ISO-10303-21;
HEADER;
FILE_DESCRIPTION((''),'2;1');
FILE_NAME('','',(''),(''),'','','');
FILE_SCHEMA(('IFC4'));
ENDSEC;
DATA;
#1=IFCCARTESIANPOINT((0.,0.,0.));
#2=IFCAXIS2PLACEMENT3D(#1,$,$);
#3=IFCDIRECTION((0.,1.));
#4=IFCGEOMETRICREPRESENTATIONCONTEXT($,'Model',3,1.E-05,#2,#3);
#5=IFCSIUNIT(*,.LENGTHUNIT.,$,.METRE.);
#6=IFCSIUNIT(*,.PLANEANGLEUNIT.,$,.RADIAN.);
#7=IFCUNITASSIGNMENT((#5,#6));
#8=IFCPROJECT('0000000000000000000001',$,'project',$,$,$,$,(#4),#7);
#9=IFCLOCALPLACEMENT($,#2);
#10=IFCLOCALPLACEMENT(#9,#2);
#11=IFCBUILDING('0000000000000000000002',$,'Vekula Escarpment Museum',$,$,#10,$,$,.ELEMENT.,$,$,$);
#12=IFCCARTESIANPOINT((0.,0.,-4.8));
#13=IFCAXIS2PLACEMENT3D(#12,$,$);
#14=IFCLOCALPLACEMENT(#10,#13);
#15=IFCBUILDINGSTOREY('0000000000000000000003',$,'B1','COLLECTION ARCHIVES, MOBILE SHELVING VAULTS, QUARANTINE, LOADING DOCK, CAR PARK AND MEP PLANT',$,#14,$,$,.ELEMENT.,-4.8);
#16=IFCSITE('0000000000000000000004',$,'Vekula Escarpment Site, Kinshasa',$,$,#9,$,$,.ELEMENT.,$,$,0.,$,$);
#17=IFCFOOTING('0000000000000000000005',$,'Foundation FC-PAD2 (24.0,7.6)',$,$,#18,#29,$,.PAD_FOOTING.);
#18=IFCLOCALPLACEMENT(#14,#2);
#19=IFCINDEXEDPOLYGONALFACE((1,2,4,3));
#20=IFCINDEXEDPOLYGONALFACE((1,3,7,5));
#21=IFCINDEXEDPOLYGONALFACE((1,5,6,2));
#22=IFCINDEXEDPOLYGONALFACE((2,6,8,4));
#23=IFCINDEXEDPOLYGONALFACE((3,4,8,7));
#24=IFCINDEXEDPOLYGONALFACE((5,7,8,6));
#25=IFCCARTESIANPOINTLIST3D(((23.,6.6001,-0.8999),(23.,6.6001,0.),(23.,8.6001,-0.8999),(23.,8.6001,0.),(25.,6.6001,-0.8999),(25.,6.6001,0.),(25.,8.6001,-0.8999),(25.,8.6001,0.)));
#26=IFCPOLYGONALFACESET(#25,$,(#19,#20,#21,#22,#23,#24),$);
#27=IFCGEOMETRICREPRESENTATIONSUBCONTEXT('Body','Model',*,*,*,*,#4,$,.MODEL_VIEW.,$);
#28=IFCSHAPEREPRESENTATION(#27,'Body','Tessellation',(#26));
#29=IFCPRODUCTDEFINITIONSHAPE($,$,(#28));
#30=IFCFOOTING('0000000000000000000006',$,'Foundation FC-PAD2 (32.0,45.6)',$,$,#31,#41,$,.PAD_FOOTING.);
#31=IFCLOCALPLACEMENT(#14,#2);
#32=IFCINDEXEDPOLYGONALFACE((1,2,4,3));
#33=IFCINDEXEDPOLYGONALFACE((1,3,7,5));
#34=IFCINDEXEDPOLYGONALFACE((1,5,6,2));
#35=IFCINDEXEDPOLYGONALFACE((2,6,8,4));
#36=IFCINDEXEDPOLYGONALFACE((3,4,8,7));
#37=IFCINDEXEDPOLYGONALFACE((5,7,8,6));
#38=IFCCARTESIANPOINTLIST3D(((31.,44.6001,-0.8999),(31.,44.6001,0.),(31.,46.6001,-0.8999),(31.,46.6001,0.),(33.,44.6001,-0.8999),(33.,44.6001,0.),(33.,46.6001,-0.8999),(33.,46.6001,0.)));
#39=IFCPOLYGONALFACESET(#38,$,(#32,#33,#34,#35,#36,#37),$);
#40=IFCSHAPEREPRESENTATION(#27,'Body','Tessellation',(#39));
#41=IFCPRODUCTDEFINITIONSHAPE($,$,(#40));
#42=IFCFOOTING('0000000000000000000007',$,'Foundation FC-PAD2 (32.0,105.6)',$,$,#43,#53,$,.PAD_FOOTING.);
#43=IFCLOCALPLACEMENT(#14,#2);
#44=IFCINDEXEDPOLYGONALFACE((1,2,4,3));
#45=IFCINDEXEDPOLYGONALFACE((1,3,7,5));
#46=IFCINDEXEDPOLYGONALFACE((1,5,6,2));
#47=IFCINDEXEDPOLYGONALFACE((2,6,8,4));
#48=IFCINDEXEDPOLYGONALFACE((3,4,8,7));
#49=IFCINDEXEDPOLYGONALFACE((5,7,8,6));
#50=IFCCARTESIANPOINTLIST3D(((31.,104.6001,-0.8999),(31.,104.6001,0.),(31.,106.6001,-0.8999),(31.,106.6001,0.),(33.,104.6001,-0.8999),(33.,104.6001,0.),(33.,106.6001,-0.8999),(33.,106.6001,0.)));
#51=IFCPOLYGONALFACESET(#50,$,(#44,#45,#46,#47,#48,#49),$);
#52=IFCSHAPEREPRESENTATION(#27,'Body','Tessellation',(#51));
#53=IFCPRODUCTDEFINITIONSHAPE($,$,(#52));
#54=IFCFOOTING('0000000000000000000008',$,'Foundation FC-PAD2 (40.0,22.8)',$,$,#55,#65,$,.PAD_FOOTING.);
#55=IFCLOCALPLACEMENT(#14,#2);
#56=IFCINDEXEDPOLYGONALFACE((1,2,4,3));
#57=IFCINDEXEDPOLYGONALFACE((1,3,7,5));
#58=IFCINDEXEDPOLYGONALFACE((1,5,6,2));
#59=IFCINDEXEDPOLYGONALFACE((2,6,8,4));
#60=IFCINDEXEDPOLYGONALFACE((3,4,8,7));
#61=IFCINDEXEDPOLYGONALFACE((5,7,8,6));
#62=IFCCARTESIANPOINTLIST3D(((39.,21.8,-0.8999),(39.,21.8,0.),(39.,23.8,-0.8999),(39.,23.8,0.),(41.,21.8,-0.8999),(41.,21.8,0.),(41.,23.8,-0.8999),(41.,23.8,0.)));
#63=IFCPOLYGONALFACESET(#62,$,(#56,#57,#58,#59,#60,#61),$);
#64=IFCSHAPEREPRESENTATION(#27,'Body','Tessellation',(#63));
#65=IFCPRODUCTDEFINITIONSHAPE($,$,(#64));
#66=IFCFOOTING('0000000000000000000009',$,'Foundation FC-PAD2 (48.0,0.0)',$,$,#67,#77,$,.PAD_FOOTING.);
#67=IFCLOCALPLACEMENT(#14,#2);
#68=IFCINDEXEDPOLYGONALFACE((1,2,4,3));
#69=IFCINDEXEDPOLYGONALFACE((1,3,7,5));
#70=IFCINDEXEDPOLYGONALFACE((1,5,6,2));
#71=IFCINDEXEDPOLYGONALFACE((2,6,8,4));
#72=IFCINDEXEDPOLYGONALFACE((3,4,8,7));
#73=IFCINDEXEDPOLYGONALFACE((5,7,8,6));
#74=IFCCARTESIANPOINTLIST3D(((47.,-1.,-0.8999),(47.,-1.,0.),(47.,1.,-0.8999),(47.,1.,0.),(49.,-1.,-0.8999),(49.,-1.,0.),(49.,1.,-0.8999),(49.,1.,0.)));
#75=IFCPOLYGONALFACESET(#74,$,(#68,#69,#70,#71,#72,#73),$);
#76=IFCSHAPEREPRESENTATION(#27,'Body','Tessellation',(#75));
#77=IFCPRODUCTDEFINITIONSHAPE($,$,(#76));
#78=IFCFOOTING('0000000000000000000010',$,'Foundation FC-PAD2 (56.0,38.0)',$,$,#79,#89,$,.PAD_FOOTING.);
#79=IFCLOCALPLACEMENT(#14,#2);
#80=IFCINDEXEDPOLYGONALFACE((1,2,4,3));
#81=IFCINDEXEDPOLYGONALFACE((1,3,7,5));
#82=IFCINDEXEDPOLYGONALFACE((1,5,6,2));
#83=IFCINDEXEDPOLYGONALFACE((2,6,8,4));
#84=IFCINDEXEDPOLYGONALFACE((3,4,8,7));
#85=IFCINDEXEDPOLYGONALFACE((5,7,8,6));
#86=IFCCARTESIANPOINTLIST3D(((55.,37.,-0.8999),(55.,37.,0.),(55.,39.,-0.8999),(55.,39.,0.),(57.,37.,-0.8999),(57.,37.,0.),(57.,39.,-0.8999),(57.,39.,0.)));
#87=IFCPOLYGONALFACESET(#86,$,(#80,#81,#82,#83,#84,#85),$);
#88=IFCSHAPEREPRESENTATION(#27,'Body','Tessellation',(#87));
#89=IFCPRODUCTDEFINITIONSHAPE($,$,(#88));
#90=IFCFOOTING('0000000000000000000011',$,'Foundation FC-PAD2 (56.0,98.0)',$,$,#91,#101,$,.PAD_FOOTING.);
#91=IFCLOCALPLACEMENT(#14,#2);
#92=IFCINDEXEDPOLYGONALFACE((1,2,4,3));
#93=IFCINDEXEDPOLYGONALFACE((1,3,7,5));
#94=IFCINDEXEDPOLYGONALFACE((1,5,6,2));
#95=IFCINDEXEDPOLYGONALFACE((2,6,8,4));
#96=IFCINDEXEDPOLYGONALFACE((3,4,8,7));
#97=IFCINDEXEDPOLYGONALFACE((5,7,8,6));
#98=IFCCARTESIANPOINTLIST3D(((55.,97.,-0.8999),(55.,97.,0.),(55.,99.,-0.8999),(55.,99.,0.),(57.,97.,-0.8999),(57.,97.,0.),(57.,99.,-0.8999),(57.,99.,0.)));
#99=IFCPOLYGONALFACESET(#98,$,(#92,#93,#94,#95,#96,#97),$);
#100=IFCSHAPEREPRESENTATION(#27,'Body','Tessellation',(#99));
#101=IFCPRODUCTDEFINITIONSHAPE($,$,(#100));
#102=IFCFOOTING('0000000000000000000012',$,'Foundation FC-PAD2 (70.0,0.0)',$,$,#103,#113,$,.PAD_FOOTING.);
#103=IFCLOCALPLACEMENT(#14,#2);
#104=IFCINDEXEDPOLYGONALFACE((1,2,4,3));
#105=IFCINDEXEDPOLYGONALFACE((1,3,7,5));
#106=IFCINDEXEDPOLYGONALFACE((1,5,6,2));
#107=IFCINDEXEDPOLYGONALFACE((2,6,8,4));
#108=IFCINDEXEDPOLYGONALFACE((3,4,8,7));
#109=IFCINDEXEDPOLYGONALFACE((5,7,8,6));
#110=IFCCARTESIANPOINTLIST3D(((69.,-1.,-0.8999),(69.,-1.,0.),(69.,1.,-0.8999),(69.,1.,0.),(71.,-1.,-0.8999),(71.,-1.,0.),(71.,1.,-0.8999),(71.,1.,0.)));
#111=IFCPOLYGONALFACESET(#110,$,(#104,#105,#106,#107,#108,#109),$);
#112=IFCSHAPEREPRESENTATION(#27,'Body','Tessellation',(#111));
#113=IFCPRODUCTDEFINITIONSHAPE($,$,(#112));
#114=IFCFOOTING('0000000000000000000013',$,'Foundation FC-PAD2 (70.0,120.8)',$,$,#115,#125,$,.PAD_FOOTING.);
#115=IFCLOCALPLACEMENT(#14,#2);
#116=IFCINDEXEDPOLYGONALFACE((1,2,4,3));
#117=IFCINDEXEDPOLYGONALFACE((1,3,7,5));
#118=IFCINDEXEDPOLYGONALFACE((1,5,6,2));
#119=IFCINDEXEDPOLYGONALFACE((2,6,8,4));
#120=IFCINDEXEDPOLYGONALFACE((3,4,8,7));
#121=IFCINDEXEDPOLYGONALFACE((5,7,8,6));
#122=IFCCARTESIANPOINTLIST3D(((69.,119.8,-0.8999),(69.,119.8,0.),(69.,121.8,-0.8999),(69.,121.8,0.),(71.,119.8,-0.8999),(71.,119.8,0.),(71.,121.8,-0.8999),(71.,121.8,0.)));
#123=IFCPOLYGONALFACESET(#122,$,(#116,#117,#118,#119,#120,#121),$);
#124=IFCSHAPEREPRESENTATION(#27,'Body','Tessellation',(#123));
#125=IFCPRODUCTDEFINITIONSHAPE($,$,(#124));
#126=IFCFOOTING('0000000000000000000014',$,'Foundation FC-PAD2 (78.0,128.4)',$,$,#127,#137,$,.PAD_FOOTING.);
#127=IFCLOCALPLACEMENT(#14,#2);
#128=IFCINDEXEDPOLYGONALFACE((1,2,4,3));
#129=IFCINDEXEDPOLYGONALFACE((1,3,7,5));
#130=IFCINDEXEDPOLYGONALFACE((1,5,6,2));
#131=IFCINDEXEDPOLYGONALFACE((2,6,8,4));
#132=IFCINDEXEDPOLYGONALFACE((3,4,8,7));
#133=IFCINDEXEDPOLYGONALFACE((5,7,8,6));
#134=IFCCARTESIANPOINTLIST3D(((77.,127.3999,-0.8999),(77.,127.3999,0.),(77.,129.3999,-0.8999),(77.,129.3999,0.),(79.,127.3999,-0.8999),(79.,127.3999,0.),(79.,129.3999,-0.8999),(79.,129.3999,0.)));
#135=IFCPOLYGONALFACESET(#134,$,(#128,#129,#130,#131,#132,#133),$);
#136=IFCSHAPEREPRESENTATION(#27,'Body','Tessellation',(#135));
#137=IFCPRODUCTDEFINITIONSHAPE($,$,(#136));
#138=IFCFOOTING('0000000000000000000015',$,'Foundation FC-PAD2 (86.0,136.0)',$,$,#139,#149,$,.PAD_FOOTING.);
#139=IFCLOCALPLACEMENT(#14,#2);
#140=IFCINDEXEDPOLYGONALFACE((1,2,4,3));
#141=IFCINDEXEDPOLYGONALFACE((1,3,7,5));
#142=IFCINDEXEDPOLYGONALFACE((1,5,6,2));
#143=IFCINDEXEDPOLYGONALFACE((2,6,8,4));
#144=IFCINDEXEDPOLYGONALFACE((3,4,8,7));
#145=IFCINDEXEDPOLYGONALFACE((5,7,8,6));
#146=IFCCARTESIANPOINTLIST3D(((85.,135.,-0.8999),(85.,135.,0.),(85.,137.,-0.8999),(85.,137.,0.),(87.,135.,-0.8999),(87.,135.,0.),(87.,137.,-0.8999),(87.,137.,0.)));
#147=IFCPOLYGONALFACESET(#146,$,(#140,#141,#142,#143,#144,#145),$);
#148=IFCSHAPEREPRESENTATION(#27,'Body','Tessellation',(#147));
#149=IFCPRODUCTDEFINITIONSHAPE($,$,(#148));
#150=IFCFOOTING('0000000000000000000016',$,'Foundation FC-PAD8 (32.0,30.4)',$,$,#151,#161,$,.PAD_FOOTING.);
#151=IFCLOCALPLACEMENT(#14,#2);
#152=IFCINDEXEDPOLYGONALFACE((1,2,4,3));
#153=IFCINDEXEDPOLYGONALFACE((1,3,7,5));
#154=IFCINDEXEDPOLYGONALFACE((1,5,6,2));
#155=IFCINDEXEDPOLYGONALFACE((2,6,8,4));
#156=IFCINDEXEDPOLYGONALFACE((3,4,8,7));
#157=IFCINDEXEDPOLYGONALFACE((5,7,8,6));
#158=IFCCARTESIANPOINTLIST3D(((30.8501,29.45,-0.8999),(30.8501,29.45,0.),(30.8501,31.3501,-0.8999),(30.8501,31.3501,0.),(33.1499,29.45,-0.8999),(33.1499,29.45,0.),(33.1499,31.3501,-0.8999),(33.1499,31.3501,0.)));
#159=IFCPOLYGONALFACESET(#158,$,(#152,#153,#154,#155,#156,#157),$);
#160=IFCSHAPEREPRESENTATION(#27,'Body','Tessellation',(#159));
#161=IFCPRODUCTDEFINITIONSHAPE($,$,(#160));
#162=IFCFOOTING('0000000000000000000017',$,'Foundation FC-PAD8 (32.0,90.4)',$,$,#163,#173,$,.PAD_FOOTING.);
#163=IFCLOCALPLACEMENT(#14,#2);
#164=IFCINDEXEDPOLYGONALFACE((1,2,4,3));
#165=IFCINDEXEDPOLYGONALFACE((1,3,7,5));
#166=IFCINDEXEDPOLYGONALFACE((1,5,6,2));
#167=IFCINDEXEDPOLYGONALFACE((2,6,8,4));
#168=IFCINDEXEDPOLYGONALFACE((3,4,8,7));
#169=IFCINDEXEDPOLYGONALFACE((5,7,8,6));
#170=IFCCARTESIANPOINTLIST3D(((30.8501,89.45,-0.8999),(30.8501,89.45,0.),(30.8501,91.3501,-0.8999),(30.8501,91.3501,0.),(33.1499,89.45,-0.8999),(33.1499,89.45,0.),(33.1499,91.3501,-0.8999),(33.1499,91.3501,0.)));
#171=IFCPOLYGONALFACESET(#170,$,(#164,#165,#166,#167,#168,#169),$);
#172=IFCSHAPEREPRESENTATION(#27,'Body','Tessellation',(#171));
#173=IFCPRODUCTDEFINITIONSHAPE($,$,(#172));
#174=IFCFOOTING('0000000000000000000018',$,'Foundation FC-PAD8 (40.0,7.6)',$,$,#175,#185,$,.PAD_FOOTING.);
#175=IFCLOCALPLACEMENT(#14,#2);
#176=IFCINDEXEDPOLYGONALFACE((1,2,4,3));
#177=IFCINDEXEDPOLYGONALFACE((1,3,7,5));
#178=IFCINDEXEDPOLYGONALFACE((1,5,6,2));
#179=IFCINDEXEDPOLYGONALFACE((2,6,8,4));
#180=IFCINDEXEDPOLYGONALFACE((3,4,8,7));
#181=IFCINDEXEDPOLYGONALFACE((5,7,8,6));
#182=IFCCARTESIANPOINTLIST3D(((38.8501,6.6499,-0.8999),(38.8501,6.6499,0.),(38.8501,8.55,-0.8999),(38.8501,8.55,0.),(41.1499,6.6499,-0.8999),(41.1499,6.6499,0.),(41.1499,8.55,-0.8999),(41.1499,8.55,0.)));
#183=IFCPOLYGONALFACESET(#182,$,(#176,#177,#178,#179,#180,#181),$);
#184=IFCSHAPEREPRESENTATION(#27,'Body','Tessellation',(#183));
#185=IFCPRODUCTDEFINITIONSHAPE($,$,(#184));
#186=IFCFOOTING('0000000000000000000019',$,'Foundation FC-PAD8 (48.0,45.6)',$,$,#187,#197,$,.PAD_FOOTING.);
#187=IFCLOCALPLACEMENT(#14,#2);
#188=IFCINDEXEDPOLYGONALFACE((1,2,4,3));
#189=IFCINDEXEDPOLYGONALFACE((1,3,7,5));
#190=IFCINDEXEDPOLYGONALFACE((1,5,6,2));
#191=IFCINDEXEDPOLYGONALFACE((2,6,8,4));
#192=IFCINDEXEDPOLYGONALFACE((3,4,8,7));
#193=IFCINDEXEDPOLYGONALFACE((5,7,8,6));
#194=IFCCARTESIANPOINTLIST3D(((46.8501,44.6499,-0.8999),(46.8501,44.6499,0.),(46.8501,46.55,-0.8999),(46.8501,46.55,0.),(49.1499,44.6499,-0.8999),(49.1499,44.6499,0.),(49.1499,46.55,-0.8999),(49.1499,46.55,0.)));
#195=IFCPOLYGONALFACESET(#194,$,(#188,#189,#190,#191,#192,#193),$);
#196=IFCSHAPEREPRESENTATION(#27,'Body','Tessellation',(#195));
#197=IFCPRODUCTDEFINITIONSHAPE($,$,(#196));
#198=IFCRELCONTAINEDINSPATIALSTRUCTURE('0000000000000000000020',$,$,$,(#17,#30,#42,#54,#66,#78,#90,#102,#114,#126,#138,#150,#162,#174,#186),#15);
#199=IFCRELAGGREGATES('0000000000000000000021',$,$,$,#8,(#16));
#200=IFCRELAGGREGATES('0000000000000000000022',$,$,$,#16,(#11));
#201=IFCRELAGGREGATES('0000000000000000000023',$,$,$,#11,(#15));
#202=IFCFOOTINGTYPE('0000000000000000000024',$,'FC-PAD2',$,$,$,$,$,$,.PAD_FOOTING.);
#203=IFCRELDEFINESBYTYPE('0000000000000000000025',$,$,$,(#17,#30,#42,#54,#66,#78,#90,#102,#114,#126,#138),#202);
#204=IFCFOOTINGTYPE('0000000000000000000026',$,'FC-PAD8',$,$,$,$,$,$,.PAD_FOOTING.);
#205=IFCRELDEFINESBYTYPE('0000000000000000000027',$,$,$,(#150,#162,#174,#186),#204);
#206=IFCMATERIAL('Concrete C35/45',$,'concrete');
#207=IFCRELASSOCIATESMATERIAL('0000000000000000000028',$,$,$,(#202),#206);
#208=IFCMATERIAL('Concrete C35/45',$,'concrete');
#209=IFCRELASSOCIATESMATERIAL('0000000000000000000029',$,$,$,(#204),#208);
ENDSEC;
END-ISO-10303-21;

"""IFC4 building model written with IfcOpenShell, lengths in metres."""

from ifc_helpers import new_model, si_unit, direction, frame, origin, place, context, subcontext, project, spatial, polyline, outline, extrude, material, type_object, element, save


model = new_model("IFC4")

# Units and contexts
model_context = context("Model", 3, precision=1e-05, world=origin(), true_north=direction((0.0, 1.0)))
body_context = subcontext(model_context, "Body", "Model", "MODEL_VIEW")
ifc_project = project(units=[si_unit("LENGTHUNIT", "METRE"), si_unit("PLANEANGLEUNIT", "RADIAN")], contexts=[model_context])

# Site, building, storey
site_placement = place(None, origin())
site = spatial("IfcSite", under=ifc_project, at=site_placement, Name="Vekula Escarpment Site, Kinshasa", CompositionType="ELEMENT", RefElevation=0.0)
building_placement = place(site_placement, origin())
building = spatial("IfcBuilding", under=site, at=building_placement, Name="Vekula Escarpment Museum", CompositionType="ELEMENT")
storey_placement = place(building_placement, frame((0.0, 0.0, -4.8)))
storey = spatial("IfcBuildingStorey", under=building, at=storey_placement, Name="B1", Description="COLLECTION ARCHIVES, MOBILE SHELVING VAULTS, QUARANTINE, LOADING DOCK, CAR PARK AND MEP PLANT", CompositionType="ELEMENT", Elevation=-4.8)

# Footings
ifc_material_1 = material(Name="Concrete C35/45", Category="concrete")
footing_type_1 = type_object("IfcFootingType", Name="FC-PAD2", PredefinedType="PAD_FOOTING", material=ifc_material_1)
footing_1_placement = place(storey_placement, frame((0.0, 0.0, -0.8999)))
element("IfcFooting", 1, at=footing_1_placement, inside=storey, type_object=footing_type_1, Name="Foundation FC-PAD2 (24.0,7.6)", PredefinedType="PAD_FOOTING", context=body_context, shape_type="SweptSolid", body=[
    extrude(outline(polyline([(23.0, 6.6001), (25.0, 6.6001), (25.0, 8.6001), (23.0, 8.6001), (23.0, 6.6001)])), origin(), (0.0, 0.0, 1.0), 0.8999),
])
footing_2_placement = place(storey_placement, frame((0.0, 0.0, -0.8999)))
element("IfcFooting", 2, at=footing_2_placement, inside=storey, type_object=footing_type_1, Name="Foundation FC-PAD2 (32.0,45.6)", PredefinedType="PAD_FOOTING", context=body_context, shape_type="SweptSolid", body=[
    extrude(outline(polyline([(31.0, 44.6001), (33.0, 44.6001), (33.0, 46.6001), (31.0, 46.6001), (31.0, 44.6001)])), origin(), (0.0, 0.0, 1.0), 0.8999),
])
footing_3_placement = place(storey_placement, frame((0.0, 0.0, -0.8999)))
element("IfcFooting", 3, at=footing_3_placement, inside=storey, type_object=footing_type_1, Name="Foundation FC-PAD2 (32.0,105.6)", PredefinedType="PAD_FOOTING", context=body_context, shape_type="SweptSolid", body=[
    extrude(outline(polyline([(31.0, 104.6001), (33.0, 104.6001), (33.0, 106.6001), (31.0, 106.6001), (31.0, 104.6001)])), origin(), (0.0, 0.0, 1.0), 0.8999),
])
footing_4_placement = place(storey_placement, frame((0.0, 0.0, -0.8999)))
element("IfcFooting", 4, at=footing_4_placement, inside=storey, type_object=footing_type_1, Name="Foundation FC-PAD2 (40.0,22.8)", PredefinedType="PAD_FOOTING", context=body_context, shape_type="SweptSolid", body=[
    extrude(outline(polyline([(39.0, 21.8), (41.0, 21.8), (41.0, 23.8), (39.0, 23.8), (39.0, 21.8)])), origin(), (0.0, 0.0, 1.0), 0.8999),
])
footing_5_placement = place(storey_placement, frame((0.0, 0.0, -0.8999)))
element("IfcFooting", 5, at=footing_5_placement, inside=storey, type_object=footing_type_1, Name="Foundation FC-PAD2 (48.0,0.0)", PredefinedType="PAD_FOOTING", context=body_context, shape_type="SweptSolid", body=[
    extrude(outline(polyline([(47.0, -1.0), (49.0, -1.0), (49.0, 1.0), (47.0, 1.0), (47.0, -1.0)])), origin(), (0.0, 0.0, 1.0), 0.8999),
])
footing_6_placement = place(storey_placement, frame((0.0, 0.0, -0.8999)))
element("IfcFooting", 6, at=footing_6_placement, inside=storey, type_object=footing_type_1, Name="Foundation FC-PAD2 (56.0,38.0)", PredefinedType="PAD_FOOTING", context=body_context, shape_type="SweptSolid", body=[
    extrude(outline(polyline([(55.0, 37.0), (57.0, 37.0), (57.0, 39.0), (55.0, 39.0), (55.0, 37.0)])), origin(), (0.0, 0.0, 1.0), 0.8999),
])
footing_7_placement = place(storey_placement, frame((0.0, 0.0, -0.8999)))
element("IfcFooting", 7, at=footing_7_placement, inside=storey, type_object=footing_type_1, Name="Foundation FC-PAD2 (56.0,98.0)", PredefinedType="PAD_FOOTING", context=body_context, shape_type="SweptSolid", body=[
    extrude(outline(polyline([(55.0, 97.0), (57.0, 97.0), (57.0, 99.0), (55.0, 99.0), (55.0, 97.0)])), origin(), (0.0, 0.0, 1.0), 0.8999),
])
footing_8_placement = place(storey_placement, frame((0.0, 0.0, -0.8999)))
element("IfcFooting", 8, at=footing_8_placement, inside=storey, type_object=footing_type_1, Name="Foundation FC-PAD2 (70.0,0.0)", PredefinedType="PAD_FOOTING", context=body_context, shape_type="SweptSolid", body=[
    extrude(outline(polyline([(69.0, -1.0), (71.0, -1.0), (71.0, 1.0), (69.0, 1.0), (69.0, -1.0)])), origin(), (0.0, 0.0, 1.0), 0.8999),
])
footing_9_placement = place(storey_placement, frame((0.0, 0.0, -0.8999)))
element("IfcFooting", 9, at=footing_9_placement, inside=storey, type_object=footing_type_1, Name="Foundation FC-PAD2 (70.0,120.8)", PredefinedType="PAD_FOOTING", context=body_context, shape_type="SweptSolid", body=[
    extrude(outline(polyline([(69.0, 119.8), (71.0, 119.8), (71.0, 121.8), (69.0, 121.8), (69.0, 119.8)])), origin(), (0.0, 0.0, 1.0), 0.8999),
])
footing_10_placement = place(storey_placement, frame((0.0, 0.0, -0.8999)))
element("IfcFooting", 10, at=footing_10_placement, inside=storey, type_object=footing_type_1, Name="Foundation FC-PAD2 (78.0,128.4)", PredefinedType="PAD_FOOTING", context=body_context, shape_type="SweptSolid", body=[
    extrude(outline(polyline([(77.0, 127.3999), (79.0, 127.3999), (79.0, 129.3999), (77.0, 129.3999), (77.0, 127.3999)])), origin(), (0.0, 0.0, 1.0), 0.8999),
])
footing_11_placement = place(storey_placement, frame((0.0, 0.0, -0.8999)))
element("IfcFooting", 11, at=footing_11_placement, inside=storey, type_object=footing_type_1, Name="Foundation FC-PAD2 (86.0,136.0)", PredefinedType="PAD_FOOTING", context=body_context, shape_type="SweptSolid", body=[
    extrude(outline(polyline([(85.0, 135.0), (87.0, 135.0), (87.0, 137.0), (85.0, 137.0), (85.0, 135.0)])), origin(), (0.0, 0.0, 1.0), 0.8999),
])
ifc_material_2 = material(Name="Concrete C35/45", Category="concrete")
footing_type_2 = type_object("IfcFootingType", Name="FC-PAD8", PredefinedType="PAD_FOOTING", material=ifc_material_2)
footing_12_placement = place(storey_placement, frame((0.0, 0.0, -0.8999)))
element("IfcFooting", 12, at=footing_12_placement, inside=storey, type_object=footing_type_2, Name="Foundation FC-PAD8 (32.0,30.4)", PredefinedType="PAD_FOOTING", context=body_context, shape_type="SweptSolid", body=[
    extrude(outline(polyline([(30.8501, 29.45), (33.1499, 29.45), (33.1499, 31.3501), (30.8501, 31.3501), (30.8501, 29.45)])), origin(), (0.0, 0.0, 1.0), 0.8999),
])
footing_13_placement = place(storey_placement, frame((0.0, 0.0, -0.8999)))
element("IfcFooting", 13, at=footing_13_placement, inside=storey, type_object=footing_type_2, Name="Foundation FC-PAD8 (32.0,90.4)", PredefinedType="PAD_FOOTING", context=body_context, shape_type="SweptSolid", body=[
    extrude(outline(polyline([(30.8501, 89.45), (33.1499, 89.45), (33.1499, 91.3501), (30.8501, 91.3501), (30.8501, 89.45)])), origin(), (0.0, 0.0, 1.0), 0.8999),
])
footing_14_placement = place(storey_placement, frame((0.0, 0.0, -0.8999)))
element("IfcFooting", 14, at=footing_14_placement, inside=storey, type_object=footing_type_2, Name="Foundation FC-PAD8 (40.0,7.6)", PredefinedType="PAD_FOOTING", context=body_context, shape_type="SweptSolid", body=[
    extrude(outline(polyline([(38.8501, 6.6499), (41.1499, 6.6499), (41.1499, 8.55), (38.8501, 8.55), (38.8501, 6.6499)])), origin(), (0.0, 0.0, 1.0), 0.8999),
])
footing_15_placement = place(storey_placement, frame((0.0, 0.0, -0.8999)))
element("IfcFooting", 15, at=footing_15_placement, inside=storey, type_object=footing_type_2, Name="Foundation FC-PAD8 (48.0,45.6)", PredefinedType="PAD_FOOTING", context=body_context, shape_type="SweptSolid", body=[
    extrude(outline(polyline([(46.8501, 44.6499), (49.1499, 44.6499), (49.1499, 46.55), (46.8501, 46.55), (46.8501, 44.6499)])), origin(), (0.0, 0.0, 1.0), 0.8999),
])

save(model, "model.ifc")
